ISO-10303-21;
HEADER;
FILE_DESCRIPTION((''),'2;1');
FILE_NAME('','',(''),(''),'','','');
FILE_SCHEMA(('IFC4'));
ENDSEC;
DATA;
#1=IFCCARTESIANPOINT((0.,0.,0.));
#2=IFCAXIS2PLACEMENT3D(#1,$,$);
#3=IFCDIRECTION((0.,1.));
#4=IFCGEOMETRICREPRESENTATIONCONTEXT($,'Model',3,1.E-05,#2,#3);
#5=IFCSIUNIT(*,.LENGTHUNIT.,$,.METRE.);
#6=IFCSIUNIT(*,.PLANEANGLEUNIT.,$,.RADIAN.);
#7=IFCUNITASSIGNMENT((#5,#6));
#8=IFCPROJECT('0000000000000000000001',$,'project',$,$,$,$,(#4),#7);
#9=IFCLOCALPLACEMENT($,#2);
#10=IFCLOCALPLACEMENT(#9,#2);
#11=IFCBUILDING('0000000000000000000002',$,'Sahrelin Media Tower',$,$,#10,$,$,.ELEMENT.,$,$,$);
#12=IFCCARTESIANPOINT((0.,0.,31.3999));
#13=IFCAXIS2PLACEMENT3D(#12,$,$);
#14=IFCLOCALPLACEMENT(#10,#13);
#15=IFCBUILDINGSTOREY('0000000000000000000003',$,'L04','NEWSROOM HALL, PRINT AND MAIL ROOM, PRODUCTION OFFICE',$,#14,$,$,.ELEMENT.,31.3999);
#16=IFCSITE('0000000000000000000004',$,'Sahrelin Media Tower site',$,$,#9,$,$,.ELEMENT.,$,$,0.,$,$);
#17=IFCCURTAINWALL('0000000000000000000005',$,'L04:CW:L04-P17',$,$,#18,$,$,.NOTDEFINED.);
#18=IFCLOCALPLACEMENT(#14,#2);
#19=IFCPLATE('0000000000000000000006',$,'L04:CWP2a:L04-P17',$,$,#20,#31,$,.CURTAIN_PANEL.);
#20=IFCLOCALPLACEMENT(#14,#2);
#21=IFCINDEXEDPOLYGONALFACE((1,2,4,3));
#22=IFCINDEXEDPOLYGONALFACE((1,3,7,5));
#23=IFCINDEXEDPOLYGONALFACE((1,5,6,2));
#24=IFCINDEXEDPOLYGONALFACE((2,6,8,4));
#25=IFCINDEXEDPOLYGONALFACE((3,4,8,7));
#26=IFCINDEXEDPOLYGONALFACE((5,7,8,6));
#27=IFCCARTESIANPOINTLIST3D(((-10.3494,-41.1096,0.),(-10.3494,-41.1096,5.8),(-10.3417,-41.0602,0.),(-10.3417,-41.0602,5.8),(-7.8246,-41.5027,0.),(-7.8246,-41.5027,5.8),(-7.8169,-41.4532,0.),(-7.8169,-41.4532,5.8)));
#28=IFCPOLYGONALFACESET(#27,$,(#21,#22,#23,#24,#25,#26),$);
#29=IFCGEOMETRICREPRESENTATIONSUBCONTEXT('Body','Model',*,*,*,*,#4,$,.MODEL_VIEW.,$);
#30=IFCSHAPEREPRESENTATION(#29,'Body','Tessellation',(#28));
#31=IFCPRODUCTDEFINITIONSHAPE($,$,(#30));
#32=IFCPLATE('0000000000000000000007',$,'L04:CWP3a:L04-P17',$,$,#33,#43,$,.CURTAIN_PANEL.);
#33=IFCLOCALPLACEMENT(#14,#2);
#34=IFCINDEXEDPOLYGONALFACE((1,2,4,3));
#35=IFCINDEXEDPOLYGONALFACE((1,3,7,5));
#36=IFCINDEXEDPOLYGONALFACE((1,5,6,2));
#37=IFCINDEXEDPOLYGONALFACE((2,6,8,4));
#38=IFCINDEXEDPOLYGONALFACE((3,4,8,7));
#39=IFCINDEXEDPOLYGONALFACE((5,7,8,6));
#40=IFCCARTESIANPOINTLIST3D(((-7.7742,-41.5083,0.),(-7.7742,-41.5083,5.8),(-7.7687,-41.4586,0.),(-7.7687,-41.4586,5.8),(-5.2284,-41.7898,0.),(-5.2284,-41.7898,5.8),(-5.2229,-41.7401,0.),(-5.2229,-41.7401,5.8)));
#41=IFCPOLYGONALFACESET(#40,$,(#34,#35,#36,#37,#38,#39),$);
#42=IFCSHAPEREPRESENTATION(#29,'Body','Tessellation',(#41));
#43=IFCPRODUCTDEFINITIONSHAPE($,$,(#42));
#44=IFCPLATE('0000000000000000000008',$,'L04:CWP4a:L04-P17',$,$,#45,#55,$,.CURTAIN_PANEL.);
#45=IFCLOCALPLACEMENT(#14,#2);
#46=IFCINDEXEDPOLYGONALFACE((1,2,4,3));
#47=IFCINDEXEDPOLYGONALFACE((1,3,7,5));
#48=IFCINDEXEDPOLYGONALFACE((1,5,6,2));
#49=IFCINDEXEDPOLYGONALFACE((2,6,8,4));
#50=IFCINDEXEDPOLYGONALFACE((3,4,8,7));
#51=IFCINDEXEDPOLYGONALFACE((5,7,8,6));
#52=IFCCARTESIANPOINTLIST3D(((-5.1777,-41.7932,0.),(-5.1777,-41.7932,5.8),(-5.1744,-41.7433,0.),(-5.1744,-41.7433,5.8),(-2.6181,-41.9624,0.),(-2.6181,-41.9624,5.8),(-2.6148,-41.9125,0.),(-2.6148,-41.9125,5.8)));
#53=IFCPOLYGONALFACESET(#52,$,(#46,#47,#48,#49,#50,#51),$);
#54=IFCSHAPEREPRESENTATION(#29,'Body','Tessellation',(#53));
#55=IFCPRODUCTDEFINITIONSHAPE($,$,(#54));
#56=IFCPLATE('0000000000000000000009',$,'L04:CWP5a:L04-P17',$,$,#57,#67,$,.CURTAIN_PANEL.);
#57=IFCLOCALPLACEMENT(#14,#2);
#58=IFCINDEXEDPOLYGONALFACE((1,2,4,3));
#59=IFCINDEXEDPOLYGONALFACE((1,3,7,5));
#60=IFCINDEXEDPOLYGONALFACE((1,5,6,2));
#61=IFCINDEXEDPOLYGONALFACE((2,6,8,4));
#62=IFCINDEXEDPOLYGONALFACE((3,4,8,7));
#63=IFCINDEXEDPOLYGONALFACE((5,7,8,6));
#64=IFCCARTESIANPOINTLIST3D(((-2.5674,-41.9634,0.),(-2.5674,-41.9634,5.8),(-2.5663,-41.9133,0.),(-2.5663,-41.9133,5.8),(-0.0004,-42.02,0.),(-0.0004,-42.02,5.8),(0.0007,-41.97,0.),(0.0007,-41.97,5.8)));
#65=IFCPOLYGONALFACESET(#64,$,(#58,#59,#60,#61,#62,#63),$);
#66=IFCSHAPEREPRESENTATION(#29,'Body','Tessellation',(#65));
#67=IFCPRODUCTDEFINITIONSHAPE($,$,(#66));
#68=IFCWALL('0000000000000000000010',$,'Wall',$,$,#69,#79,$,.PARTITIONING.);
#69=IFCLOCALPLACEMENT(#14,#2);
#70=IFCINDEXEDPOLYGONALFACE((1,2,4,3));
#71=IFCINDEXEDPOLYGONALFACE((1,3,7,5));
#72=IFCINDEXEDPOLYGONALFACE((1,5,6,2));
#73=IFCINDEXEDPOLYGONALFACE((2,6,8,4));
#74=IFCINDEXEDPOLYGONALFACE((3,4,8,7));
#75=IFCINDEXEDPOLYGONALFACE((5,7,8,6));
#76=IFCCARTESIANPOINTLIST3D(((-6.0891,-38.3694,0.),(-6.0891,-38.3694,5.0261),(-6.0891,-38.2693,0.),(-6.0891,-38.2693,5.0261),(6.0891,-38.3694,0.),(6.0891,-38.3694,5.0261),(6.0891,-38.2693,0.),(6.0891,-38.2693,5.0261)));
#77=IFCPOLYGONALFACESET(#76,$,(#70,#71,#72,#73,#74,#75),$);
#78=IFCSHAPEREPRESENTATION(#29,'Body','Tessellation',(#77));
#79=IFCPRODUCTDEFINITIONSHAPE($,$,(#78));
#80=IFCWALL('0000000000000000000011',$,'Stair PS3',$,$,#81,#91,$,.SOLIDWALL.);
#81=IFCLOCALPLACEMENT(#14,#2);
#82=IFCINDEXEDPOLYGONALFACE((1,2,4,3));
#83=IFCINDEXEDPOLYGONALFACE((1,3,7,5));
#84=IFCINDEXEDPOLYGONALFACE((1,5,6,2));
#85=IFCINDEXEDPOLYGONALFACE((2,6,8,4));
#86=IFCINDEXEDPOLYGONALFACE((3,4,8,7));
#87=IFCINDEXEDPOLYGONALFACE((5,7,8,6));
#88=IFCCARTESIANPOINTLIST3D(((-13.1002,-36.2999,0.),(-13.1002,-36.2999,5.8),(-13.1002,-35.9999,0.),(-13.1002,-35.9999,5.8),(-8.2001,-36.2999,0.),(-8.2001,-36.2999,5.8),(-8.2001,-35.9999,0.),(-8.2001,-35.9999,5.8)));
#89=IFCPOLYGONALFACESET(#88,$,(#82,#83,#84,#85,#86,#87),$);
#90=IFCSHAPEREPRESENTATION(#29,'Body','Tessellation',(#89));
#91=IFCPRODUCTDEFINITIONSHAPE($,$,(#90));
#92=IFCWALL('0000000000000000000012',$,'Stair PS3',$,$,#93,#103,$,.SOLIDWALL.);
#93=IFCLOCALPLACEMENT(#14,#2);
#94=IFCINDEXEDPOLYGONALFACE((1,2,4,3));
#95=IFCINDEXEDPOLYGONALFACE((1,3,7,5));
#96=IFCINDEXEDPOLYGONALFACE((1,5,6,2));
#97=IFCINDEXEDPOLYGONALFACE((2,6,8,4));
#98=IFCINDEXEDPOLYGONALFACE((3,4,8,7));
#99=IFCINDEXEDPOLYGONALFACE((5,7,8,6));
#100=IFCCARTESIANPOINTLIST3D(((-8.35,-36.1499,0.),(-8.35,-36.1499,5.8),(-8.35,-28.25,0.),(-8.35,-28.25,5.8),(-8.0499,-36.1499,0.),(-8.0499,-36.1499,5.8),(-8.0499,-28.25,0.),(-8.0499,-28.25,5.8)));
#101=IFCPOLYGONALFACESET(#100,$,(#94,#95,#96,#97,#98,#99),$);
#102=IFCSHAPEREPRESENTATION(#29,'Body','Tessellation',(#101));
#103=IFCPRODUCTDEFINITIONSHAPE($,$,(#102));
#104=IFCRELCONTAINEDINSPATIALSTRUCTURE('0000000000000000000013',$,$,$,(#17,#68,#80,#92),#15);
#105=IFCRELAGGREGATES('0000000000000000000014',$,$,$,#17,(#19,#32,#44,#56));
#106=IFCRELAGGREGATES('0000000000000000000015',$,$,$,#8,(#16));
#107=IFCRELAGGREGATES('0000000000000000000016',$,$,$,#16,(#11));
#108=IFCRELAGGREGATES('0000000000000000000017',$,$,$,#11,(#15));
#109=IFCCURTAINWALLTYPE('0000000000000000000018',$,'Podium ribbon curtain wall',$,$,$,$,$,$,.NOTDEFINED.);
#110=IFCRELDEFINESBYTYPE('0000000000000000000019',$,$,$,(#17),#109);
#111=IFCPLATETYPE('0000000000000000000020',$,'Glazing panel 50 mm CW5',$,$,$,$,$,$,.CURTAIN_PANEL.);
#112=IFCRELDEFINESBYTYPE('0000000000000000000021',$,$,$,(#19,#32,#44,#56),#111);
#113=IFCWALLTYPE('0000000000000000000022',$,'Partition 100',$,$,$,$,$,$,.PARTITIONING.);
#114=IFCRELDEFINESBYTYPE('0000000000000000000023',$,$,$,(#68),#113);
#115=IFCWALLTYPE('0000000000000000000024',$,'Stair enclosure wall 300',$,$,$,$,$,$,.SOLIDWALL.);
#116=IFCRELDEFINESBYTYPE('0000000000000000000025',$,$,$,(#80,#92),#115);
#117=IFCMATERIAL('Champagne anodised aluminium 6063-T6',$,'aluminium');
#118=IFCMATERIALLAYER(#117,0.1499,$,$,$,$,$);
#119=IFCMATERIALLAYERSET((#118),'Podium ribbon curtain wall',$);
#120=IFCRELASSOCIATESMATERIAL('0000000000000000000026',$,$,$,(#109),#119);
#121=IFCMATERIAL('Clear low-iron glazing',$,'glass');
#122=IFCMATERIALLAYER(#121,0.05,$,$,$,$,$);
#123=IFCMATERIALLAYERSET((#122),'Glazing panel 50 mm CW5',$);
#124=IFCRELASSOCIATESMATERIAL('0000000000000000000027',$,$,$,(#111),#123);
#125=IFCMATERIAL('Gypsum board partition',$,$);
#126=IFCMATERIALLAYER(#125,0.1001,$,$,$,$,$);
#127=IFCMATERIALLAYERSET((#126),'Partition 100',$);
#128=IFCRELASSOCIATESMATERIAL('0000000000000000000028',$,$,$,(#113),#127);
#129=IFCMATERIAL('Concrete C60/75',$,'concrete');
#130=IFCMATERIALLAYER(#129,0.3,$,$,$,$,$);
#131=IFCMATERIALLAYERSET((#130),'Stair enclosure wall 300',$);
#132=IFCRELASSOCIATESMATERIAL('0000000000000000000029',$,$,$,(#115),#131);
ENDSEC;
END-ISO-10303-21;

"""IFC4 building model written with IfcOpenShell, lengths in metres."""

from ifc_helpers import new_model, si_unit, direction, frame, frame_2d, origin, place, context, subcontext, project, spatial, polyline, rectangle, outline, extrude, material, layer, layer_set, type_object, element, aggregate, save


model = new_model("IFC4")

# Units and contexts
model_context = context("Model", 3, precision=1e-05, world=origin(), true_north=direction((0.0, 1.0)))
body_context = subcontext(model_context, "Body", "Model", "MODEL_VIEW")
ifc_project = project(units=[si_unit("LENGTHUNIT", "METRE"), si_unit("PLANEANGLEUNIT", "RADIAN")], contexts=[model_context])

# Site, building, storey
site_placement = place(None, origin())
site = spatial("IfcSite", under=ifc_project, at=site_placement, Name="Sahrelin Media Tower site", CompositionType="ELEMENT", RefElevation=0.0)
building_placement = place(site_placement, origin())
building = spatial("IfcBuilding", under=site, at=building_placement, Name="Sahrelin Media Tower", CompositionType="ELEMENT")
storey_placement = place(building_placement, frame((0.0, 0.0, 31.3999)))
storey = spatial("IfcBuildingStorey", under=building, at=storey_placement, Name="L04", Description="NEWSROOM HALL, PRINT AND MAIL ROOM, PRODUCTION OFFICE", CompositionType="ELEMENT", Elevation=31.3999)

# Curtain wall
ifc_material_1 = material(Name="Champagne anodised aluminium 6063-T6", Category="aluminium")
ifc_layer_1 = layer(ifc_material_1, 0.1499)
ifc_layer_set_1 = layer_set([ifc_layer_1], Name="Podium ribbon curtain wall")
curtain_wall_type = type_object("IfcCurtainWallType", Name="Podium ribbon curtain wall", PredefinedType="NOTDEFINED", material=ifc_layer_set_1)
curtain_wall_1_placement = place(storey_placement, frame((-12.9409, -40.5688, 0.0), z_axis=(0.0, 0.0, 1.0), x_axis=(1.0, 0.0, 0.0)))
curtain_wall_1 = element("IfcCurtainWall", 1, at=curtain_wall_1_placement, inside=storey, type_object=curtain_wall_type, Name="L04:CW:L04-P17", PredefinedType="NOTDEFINED")

# Plates
ifc_material_2 = material(Name="Clear low-iron glazing", Category="glass")
ifc_layer_2 = layer(ifc_material_2, 0.05)
ifc_layer_set_2 = layer_set([ifc_layer_2], Name="Glazing panel 50 mm CW5")
plate_type = type_object("IfcPlateType", Name="Glazing panel 50 mm CW5", PredefinedType="CURTAIN_PANEL", material=ifc_layer_set_2)
plate_1_placement = place(storey_placement, frame((-10.3494, -41.1096, 0.0), z_axis=(-0.153838, -0.988096, 0.0), x_axis=(0.988096, -0.153838, 0.0)))
plate_1 = element("IfcPlate", 2, at=plate_1_placement, type_object=plate_type, Name="L04:CWP2a:L04-P17", PredefinedType="CURTAIN_PANEL", context=body_context, shape_type="SweptSolid", body=[
    extrude(outline(polyline([(0.0, 0.0), (2.5552, 0.0), (2.5552, 5.8), (0.0, 5.8), (0.0, 0.0)])), origin(), (0.0, 0.0, -1.0), 0.05),
])
plate_2_placement = place(storey_placement, frame((-7.7742, -41.5083, 0.0), z_axis=(-0.109908, -0.993942, 0.0), x_axis=(0.993942, -0.109908, 0.0)))
plate_2 = element("IfcPlate", 3, at=plate_2_placement, type_object=plate_type, Name="L04:CWP3a:L04-P17", PredefinedType="CURTAIN_PANEL", context=body_context, shape_type="SweptSolid", body=[
    extrude(outline(polyline([(0.0, 0.0), (2.5613, 0.0), (2.5613, 5.8), (0.0, 5.8), (0.0, 0.0)])), origin(), (0.0, 0.0, -1.0), 0.05),
])
plate_3_placement = place(storey_placement, frame((-5.1777, -41.7932, 0.0), z_axis=(-0.065957, -0.997822, 0.0), x_axis=(0.997822, -0.065957, 0.0)))
plate_3 = element("IfcPlate", 4, at=plate_3_placement, type_object=plate_type, Name="L04:CWP4a:L04-P17", PredefinedType="CURTAIN_PANEL", context=body_context, shape_type="SweptSolid", body=[
    extrude(outline(polyline([(0.0, 0.0), (2.5652, 0.0), (2.5652, 5.8), (0.0, 5.8), (0.0, 0.0)])), origin(), (0.0, 0.0, -1.0), 0.05),
])
plate_4_placement = place(storey_placement, frame((-2.5674, -41.9634, 0.0), z_axis=(-0.02206, -0.999757, 0.0), x_axis=(0.999757, -0.02206, 0.0)))
plate_4 = element("IfcPlate", 5, at=plate_4_placement, type_object=plate_type, Name="L04:CWP5a:L04-P17", PredefinedType="CURTAIN_PANEL", context=body_context, shape_type="SweptSolid", body=[
    extrude(outline(polyline([(0.0, 0.0), (2.5676, 0.0), (2.5676, 5.8), (0.0, 5.8), (0.0, 0.0)])), origin(), (0.0, 0.0, -1.0), 0.05),
])
aggregate(curtain_wall_1, [plate_1, plate_2, plate_3, plate_4])

# Walls
ifc_material_3 = material(Name="Gypsum board partition")
ifc_layer_3 = layer(ifc_material_3, 0.1001)
ifc_layer_set_3 = layer_set([ifc_layer_3], Name="Partition 100")
wall_type_1 = type_object("IfcWallType", Name="Partition 100", PredefinedType="PARTITIONING", material=ifc_layer_set_3)
wall_1_placement = place(storey_placement, frame((-6.0891, -38.3193, 0.0), z_axis=(0.0, 0.0, 1.0), x_axis=(1.0, 0.0, 0.0)))
element("IfcWall", 6, at=wall_1_placement, inside=storey, type_object=wall_type_1, Name="Wall", PredefinedType="PARTITIONING", context=body_context, shape_type="SweptSolid", body=[
    extrude(rectangle(XDim=12.1782, YDim=0.1001, at=frame_2d((6.0891, 0.0))), origin(), (0.0, 0.0, 1.0), 5.0261),
])
ifc_material_4 = material(Name="Concrete C60/75", Category="concrete")
ifc_layer_4 = layer(ifc_material_4, 0.3)
ifc_layer_set_4 = layer_set([ifc_layer_4], Name="Stair enclosure wall 300")
wall_type_2 = type_object("IfcWallType", Name="Stair enclosure wall 300", PredefinedType="SOLIDWALL", material=ifc_layer_set_4)
wall_2_placement = place(storey_placement, frame((-8.2, -36.1499, 0.0), z_axis=(0.0, 0.0, 1.0), x_axis=(-1.0, 0.0, 0.0)))
element("IfcWall", 7, at=wall_2_placement, inside=storey, type_object=wall_type_2, Name="Stair PS3", PredefinedType="SOLIDWALL", context=body_context, shape_type="SweptSolid", body=[
    extrude(rectangle(XDim=4.9001, YDim=0.3, at=frame_2d((2.4502, 0.0))), origin(), (0.0, 0.0, 1.0), 5.8),
])
wall_3_placement = place(storey_placement, frame((-8.2, -28.25, 0.0), z_axis=(0.0, 0.0, 1.0), x_axis=(0.0, -1.0, 0.0)))
element("IfcWall", 8, at=wall_3_placement, inside=storey, type_object=wall_type_2, Name="Stair PS3", PredefinedType="SOLIDWALL", context=body_context, shape_type="SweptSolid", body=[
    extrude(rectangle(XDim=7.8999, YDim=0.3, at=frame_2d((3.95, 0.0))), origin(), (0.0, 0.0, 1.0), 5.8),
])

save(model, "model.ifc")
